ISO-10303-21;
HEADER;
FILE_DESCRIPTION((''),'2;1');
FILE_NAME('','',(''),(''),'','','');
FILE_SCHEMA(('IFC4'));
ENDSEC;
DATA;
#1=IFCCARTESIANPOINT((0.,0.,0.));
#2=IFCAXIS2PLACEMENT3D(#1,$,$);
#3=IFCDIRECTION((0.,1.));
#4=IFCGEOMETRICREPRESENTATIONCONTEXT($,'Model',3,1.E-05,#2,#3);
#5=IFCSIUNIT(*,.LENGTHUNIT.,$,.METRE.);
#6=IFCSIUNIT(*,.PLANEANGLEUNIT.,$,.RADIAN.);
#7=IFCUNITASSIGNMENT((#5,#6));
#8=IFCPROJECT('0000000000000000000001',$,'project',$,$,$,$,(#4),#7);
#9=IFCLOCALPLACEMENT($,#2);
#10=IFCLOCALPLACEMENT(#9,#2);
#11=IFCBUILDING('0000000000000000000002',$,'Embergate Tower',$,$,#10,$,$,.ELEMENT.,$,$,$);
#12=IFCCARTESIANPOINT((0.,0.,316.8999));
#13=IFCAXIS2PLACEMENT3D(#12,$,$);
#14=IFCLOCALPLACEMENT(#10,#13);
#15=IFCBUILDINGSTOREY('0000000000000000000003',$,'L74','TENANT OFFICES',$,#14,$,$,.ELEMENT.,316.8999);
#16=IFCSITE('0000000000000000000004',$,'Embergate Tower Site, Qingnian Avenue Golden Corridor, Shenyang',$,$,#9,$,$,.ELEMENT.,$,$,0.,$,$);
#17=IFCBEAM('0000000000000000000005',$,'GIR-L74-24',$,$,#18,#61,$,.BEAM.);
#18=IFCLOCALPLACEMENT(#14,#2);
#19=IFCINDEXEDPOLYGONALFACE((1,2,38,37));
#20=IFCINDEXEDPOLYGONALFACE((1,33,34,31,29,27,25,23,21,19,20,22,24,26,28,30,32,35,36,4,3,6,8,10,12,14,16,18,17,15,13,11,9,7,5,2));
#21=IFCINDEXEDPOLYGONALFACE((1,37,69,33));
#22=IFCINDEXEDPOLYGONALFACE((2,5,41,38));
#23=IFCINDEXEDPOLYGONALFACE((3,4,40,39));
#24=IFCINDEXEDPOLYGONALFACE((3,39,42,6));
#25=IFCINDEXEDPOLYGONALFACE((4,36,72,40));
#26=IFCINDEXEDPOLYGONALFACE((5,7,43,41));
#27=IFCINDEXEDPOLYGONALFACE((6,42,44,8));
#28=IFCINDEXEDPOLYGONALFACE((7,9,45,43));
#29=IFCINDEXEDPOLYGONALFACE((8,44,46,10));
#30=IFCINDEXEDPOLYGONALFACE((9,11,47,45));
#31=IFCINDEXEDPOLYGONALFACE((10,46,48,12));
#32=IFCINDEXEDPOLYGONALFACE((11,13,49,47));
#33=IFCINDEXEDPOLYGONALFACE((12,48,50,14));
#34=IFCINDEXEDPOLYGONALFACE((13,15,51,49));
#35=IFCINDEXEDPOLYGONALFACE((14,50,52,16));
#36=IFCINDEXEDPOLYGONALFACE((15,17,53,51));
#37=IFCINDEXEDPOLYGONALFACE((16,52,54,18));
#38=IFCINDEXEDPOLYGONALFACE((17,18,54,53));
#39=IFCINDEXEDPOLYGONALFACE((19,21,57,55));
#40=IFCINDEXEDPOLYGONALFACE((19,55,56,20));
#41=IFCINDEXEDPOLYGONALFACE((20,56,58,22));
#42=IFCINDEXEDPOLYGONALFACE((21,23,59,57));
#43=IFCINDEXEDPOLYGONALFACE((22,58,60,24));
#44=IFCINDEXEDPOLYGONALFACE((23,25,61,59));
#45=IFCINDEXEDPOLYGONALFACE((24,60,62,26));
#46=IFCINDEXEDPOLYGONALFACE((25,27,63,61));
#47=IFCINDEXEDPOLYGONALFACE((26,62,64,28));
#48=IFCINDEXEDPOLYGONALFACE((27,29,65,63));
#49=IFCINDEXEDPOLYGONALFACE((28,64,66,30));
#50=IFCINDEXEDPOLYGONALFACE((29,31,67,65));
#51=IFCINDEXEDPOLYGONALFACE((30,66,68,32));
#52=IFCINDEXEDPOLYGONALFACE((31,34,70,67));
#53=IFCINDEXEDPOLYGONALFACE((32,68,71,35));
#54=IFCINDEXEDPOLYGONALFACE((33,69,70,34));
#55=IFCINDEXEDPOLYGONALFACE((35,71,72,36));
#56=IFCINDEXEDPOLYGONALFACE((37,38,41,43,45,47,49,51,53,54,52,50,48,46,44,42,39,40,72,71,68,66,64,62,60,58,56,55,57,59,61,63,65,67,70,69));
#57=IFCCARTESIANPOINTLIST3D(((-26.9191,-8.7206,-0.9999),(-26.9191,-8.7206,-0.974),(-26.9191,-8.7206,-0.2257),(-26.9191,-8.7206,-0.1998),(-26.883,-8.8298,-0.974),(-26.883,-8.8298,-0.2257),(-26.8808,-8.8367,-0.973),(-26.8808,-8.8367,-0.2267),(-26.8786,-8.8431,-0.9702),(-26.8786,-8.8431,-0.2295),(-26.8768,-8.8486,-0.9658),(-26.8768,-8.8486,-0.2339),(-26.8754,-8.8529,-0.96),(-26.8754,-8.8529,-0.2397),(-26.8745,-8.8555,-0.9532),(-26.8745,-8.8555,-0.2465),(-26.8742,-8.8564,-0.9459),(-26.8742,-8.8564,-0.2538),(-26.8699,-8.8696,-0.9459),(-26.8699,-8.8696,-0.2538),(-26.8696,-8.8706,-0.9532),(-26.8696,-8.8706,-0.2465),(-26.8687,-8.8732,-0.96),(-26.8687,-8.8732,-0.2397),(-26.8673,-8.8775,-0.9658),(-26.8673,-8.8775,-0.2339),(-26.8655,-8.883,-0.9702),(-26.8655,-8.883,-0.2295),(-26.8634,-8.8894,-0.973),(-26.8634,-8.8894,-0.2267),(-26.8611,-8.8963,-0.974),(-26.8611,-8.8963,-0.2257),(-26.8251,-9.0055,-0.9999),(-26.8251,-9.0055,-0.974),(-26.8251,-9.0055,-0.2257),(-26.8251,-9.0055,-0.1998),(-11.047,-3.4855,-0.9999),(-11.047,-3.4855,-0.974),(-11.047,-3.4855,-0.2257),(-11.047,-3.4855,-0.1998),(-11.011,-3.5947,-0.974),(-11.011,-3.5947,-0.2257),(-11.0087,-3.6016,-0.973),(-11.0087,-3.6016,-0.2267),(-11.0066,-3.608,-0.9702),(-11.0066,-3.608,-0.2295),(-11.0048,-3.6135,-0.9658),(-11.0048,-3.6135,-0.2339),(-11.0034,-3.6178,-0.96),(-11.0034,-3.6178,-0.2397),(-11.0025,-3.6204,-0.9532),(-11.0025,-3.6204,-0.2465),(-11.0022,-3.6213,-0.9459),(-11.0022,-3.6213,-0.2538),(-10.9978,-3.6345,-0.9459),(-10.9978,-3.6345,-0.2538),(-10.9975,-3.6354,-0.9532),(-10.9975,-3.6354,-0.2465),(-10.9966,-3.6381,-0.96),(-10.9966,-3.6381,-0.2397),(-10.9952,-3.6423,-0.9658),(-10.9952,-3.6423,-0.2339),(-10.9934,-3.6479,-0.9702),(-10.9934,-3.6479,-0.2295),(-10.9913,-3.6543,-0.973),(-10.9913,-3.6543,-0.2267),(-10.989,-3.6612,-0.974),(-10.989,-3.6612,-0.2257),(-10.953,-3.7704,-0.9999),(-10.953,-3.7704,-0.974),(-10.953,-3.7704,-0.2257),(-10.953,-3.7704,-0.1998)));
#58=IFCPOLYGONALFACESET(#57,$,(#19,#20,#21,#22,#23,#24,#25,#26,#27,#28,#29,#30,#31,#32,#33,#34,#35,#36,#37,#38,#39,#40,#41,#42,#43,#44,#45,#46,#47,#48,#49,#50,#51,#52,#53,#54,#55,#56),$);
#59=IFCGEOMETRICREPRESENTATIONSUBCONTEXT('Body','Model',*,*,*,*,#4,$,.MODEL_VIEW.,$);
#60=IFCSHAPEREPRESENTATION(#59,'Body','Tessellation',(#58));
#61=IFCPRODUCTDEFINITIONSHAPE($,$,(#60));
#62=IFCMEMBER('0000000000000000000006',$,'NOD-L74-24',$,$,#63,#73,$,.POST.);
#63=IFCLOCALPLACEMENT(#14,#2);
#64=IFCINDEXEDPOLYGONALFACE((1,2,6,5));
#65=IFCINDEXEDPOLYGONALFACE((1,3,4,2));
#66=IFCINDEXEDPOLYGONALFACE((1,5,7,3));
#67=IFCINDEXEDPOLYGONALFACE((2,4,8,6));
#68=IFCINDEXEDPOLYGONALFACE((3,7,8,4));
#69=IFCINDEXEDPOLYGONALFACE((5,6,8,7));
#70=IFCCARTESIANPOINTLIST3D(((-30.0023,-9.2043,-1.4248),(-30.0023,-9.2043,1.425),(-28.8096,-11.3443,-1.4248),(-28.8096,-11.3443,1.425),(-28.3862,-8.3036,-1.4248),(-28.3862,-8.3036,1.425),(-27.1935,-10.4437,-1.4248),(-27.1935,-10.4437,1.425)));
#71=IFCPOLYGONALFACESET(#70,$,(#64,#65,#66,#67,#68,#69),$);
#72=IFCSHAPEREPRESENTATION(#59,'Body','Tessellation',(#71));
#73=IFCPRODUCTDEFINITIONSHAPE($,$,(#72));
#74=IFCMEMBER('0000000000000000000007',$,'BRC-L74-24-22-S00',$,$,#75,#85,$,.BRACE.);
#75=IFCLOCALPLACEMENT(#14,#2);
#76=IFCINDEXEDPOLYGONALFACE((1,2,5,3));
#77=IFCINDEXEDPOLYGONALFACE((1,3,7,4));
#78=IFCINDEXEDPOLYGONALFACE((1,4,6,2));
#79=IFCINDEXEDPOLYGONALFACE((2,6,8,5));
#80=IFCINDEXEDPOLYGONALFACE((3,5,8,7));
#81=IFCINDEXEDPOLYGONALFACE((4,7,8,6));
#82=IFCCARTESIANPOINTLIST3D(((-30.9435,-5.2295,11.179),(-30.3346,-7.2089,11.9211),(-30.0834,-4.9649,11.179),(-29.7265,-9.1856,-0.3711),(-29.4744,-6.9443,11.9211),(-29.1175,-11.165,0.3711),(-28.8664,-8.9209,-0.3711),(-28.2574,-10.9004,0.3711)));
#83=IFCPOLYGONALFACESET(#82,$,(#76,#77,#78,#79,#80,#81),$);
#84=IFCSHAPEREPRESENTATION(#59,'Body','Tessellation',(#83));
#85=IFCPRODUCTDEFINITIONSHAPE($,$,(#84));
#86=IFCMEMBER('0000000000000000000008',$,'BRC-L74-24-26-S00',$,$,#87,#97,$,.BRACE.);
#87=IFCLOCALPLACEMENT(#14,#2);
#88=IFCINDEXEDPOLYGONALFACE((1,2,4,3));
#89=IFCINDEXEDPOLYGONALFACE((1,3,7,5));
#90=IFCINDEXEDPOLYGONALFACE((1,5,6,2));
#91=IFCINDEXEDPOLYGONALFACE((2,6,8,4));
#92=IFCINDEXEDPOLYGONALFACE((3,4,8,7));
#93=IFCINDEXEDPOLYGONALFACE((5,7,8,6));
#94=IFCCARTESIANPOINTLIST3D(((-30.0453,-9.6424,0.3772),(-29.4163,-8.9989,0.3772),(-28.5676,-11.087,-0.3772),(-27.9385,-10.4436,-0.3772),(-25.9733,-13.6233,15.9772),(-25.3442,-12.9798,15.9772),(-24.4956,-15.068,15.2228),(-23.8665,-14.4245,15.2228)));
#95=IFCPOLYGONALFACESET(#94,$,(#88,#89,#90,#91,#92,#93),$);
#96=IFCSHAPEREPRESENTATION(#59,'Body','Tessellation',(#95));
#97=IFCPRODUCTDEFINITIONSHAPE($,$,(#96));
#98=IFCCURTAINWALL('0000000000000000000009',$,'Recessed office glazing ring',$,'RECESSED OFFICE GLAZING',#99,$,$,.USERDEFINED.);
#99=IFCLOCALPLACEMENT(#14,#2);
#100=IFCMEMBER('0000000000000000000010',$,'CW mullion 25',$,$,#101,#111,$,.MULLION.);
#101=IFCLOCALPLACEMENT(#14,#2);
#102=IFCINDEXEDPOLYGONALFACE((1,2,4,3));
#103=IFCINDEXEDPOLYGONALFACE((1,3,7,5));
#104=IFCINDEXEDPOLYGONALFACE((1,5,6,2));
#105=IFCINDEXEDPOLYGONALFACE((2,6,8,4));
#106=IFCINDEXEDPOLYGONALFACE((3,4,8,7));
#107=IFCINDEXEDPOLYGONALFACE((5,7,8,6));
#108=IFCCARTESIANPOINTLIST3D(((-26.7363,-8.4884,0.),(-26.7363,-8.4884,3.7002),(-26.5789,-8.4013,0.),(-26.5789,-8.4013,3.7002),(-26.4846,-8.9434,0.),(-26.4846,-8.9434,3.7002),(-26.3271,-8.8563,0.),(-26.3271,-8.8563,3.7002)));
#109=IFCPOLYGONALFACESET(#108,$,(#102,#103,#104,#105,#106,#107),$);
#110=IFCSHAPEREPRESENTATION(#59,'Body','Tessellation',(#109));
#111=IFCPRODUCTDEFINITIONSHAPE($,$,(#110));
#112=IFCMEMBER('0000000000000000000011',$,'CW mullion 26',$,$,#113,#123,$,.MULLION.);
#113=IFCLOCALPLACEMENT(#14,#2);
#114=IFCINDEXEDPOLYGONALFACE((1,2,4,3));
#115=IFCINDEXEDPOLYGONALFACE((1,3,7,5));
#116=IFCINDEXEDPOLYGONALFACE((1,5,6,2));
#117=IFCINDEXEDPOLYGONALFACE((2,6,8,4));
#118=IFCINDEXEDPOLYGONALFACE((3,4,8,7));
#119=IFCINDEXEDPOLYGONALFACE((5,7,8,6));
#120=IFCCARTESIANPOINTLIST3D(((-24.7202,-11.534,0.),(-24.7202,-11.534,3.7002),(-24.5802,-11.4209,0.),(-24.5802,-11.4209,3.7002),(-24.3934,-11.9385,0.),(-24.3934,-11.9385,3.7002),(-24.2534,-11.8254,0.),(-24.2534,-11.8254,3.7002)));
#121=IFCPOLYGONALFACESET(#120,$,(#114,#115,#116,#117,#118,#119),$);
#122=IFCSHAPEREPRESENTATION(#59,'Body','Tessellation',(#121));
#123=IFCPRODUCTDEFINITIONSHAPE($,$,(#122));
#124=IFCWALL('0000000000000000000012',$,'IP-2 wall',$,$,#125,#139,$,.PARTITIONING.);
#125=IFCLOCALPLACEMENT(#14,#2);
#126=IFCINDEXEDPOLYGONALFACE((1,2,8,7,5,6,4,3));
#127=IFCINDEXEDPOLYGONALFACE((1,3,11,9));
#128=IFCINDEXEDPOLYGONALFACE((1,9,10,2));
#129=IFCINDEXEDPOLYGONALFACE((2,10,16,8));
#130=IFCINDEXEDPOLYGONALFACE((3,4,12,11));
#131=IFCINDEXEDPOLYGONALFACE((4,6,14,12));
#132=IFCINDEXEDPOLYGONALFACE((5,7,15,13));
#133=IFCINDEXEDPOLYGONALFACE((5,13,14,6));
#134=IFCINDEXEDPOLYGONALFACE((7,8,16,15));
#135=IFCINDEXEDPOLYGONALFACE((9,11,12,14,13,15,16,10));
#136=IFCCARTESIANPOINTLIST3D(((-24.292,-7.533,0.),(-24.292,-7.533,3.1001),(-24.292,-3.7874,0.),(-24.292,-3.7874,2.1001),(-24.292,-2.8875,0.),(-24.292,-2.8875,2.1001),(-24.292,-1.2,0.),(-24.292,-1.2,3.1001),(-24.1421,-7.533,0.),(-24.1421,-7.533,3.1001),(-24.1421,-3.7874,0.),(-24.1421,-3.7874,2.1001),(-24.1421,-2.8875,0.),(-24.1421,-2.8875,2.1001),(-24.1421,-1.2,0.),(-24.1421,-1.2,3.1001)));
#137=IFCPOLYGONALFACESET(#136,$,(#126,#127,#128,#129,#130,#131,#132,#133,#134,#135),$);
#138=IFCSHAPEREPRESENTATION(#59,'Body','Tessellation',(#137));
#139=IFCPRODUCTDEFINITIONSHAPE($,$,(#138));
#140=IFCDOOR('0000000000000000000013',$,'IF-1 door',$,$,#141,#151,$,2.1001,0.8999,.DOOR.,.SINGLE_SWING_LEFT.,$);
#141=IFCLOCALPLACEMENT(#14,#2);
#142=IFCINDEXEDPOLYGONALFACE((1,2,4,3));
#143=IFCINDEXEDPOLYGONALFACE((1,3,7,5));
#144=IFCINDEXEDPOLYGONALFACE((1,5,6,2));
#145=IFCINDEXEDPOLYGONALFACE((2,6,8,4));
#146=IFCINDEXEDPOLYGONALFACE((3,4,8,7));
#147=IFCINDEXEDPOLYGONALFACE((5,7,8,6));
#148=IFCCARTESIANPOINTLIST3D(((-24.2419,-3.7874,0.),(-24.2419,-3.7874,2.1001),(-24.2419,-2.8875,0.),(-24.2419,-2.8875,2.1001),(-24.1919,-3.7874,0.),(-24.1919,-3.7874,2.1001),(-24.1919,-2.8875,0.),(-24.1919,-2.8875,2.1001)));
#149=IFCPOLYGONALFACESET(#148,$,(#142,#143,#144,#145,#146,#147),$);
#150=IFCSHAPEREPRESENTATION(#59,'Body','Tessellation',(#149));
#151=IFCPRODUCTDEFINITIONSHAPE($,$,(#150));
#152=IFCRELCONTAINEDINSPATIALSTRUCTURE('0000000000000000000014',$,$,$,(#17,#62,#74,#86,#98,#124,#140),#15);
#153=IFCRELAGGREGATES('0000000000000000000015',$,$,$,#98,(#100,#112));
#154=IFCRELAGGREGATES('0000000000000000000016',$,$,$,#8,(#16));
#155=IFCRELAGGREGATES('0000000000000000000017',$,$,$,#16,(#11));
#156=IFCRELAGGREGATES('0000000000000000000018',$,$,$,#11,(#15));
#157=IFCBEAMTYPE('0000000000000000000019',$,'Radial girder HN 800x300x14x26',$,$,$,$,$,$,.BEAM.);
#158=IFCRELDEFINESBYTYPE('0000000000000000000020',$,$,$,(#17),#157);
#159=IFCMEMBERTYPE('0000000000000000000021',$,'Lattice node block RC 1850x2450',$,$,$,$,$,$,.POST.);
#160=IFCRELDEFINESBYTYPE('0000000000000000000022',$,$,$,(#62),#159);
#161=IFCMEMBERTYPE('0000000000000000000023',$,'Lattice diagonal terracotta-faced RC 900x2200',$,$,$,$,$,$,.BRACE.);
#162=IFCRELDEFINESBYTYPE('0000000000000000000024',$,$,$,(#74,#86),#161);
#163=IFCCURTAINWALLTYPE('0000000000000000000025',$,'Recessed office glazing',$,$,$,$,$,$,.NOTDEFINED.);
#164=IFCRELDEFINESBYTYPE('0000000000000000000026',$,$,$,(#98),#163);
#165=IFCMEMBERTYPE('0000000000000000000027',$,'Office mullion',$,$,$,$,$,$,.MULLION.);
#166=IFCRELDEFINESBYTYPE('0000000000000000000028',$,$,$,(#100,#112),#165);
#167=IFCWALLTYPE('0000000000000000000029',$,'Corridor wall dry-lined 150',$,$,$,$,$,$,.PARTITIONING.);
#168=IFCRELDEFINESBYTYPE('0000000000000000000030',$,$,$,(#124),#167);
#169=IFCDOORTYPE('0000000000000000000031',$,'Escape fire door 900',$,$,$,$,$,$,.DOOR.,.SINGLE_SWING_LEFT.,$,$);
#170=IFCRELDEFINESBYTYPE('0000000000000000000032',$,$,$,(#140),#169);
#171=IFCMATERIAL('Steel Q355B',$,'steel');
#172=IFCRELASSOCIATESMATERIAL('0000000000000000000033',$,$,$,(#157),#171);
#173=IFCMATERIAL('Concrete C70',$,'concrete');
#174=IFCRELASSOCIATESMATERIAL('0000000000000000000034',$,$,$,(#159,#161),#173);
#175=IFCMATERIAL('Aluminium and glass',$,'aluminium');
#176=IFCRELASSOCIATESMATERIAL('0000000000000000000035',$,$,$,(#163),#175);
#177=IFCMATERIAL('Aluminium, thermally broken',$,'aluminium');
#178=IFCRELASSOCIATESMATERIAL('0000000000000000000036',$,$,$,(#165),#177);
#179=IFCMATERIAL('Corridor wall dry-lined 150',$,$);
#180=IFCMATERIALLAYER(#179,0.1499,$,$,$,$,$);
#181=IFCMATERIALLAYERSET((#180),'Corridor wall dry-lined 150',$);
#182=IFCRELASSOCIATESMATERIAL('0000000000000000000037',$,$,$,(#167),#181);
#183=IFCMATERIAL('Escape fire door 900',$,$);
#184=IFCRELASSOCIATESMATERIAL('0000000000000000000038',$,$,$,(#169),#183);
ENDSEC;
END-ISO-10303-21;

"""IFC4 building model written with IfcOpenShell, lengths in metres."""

from ifc_helpers import new_model, si_unit, direction, frame, frame_2d, origin, origin_2d, place, context, subcontext, project, spatial, rectangle, i_section, extrude, source, transform, mapped, material, layer, layer_set, material_profile, profile_set, type_object, element, fill, aggregate, save


model = new_model("IFC4")

# Units and contexts
model_context = context("Model", 3, precision=1e-05, world=origin(), true_north=direction((0.0, 1.0)))
body_context = subcontext(model_context, "Body", "Model", "MODEL_VIEW")
ifc_project = project(units=[si_unit("LENGTHUNIT", "METRE"), si_unit("PLANEANGLEUNIT", "RADIAN")], contexts=[model_context])

# Site, building, storey
site_placement = place(None, origin())
site = spatial("IfcSite", under=ifc_project, at=site_placement, Name="Embergate Tower Site, Qingnian Avenue Golden Corridor, Shenyang", CompositionType="ELEMENT", RefElevation=0.0)
building_placement = place(site_placement, origin())
building = spatial("IfcBuilding", under=site, at=building_placement, Name="Embergate Tower", CompositionType="ELEMENT")
storey_placement = place(building_placement, frame((0.0, 0.0, 316.8999)))
storey = spatial("IfcBuildingStorey", under=building, at=storey_placement, Name="L74", Description="TENANT OFFICES", CompositionType="ELEMENT", Elevation=316.8999)

# Beam
ifc_material_1 = material(Name="Steel Q355B", Category="steel")
ifc_material_profile_1 = material_profile(ifc_material_1, i_section(OverallWidth=0.3, OverallDepth=0.8, WebThickness=0.0139, FlangeThickness=0.0259, FilletRadius=0.0281, at=origin_2d()), Name="HN 800x300x14x26")
ifc_profile_set_1 = profile_set([ifc_material_profile_1], Name="Steel Q355 grade B")
beam_type_1 = type_object("IfcBeamType", Name="Radial girder HN 800x300x14x26", PredefinedType="BEAM", material=ifc_profile_set_1)
shared_shape_1 = source(origin(), body_context, "Body", "SweptSolid", [
    extrude(i_section(OverallWidth=0.3, OverallDepth=0.8, WebThickness=0.0139, FlangeThickness=0.0259, FilletRadius=0.0281, at=origin_2d()), origin(), (0.0, 0.0, 1.0), 16.7131),
])
beam_1_placement = place(storey_placement, frame((-26.8721, -8.863, -0.5999), z_axis=(0.949676, 0.313233, 0.0), x_axis=(-0.313233, 0.949676, 0.0)))
element("IfcBeam", 1, at=beam_1_placement, inside=storey, type_object=beam_type_1, Name="GIR-L74-24", PredefinedType="BEAM", context=body_context, shape_type="MappedRepresentation", body=[
    mapped(shared_shape_1, transform((0.0, 0.0, 0.0))),
])

# Members
ifc_material_2 = material(Name="Concrete C70", Category="concrete")
ifc_material_profile_2 = material_profile(ifc_material_2, rectangle(XDim=1.8501, YDim=2.45, at=origin_2d()), Name="RC 1850x2450")
ifc_profile_set_2 = profile_set([ifc_material_profile_2], Name="Concrete C70")
member_type_1 = type_object("IfcMemberType", Name="Lattice node block RC 1850x2450", PredefinedType="POST", material=ifc_profile_set_2)
shared_shape_2 = source(origin(), body_context, "Body", "SweptSolid", [
    extrude(rectangle(XDim=1.8501, YDim=2.45, at=origin_2d()), origin(), (0.0, 0.0, 1.0), 2.8499),
])
member_1_placement = place(storey_placement, frame((-28.5979, -9.824, -1.4248), z_axis=(0.0, 0.0, 1.0), x_axis=(-0.8735, -0.486823, 0.0)))
element("IfcMember", 2, at=member_1_placement, inside=storey, type_object=member_type_1, Name="NOD-L74-24", PredefinedType="POST", context=body_context, shape_type="MappedRepresentation", body=[
    mapped(shared_shape_2, transform((0.0, 0.0, 0.0))),
])
ifc_material_profile_3 = material_profile(ifc_material_2, rectangle(XDim=0.8999, YDim=2.2, at=origin_2d()), Name="RC 900x2200")
ifc_profile_set_3 = profile_set([ifc_material_profile_3], Name="Concrete C70")
member_type_2 = type_object("IfcMemberType", Name="Lattice diagonal terracotta-faced RC 900x2200", PredefinedType="BRACE", material=ifc_profile_set_3)
shared_shape_3 = source(origin(), body_context, "Body", "SweptSolid", [
    extrude(rectangle(XDim=0.8999, YDim=2.2, at=origin_2d()), origin(), (0.0, 0.0, 1.0), 12.2693),
])
member_2_placement = place(storey_placement, frame((-28.9919, -10.043, 0.0), z_axis=(-0.099194, 0.322436, 0.94138), x_axis=(-0.955793, -0.29404, 0.0)))
element("IfcMember", 3, at=member_2_placement, inside=storey, type_object=member_type_2, Name="BRC-L74-24-22-S00", PredefinedType="BRACE", context=body_context, shape_type="MappedRepresentation", body=[
    mapped(shared_shape_3, transform((0.0, 0.0, 0.0))),
])
shared_shape_4 = source(origin(), body_context, "Body", "SweptSolid", [
    extrude(rectangle(XDim=0.8999, YDim=2.2, at=origin_2d()), origin(), (0.0, 0.0, 1.0), 16.6069),
])
member_3_placement = place(storey_placement, frame((-28.9919, -10.043, 0.0), z_axis=(0.245199, -0.239716, 0.939369), x_axis=(0.699066, 0.715057, 0.0)))
element("IfcMember", 4, at=member_3_placement, inside=storey, type_object=member_type_2, Name="BRC-L74-24-26-S00", PredefinedType="BRACE", context=body_context, shape_type="MappedRepresentation", body=[
    mapped(shared_shape_4, transform((0.0, 0.0, 0.0))),
])

# Curtain wall, members
ifc_material_3 = material(Name="Aluminium and glass", Category="aluminium")
curtain_wall_type = type_object("IfcCurtainWallType", Name="Recessed office glazing", PredefinedType="NOTDEFINED", material=ifc_material_3)
curtain_wall_placement = place(storey_placement, origin())
curtain_wall = element("IfcCurtainWall", 5, at=curtain_wall_placement, inside=storey, type_object=curtain_wall_type, Name="Recessed office glazing ring", ObjectType="RECESSED OFFICE GLAZING", PredefinedType="USERDEFINED")
ifc_material_4 = material(Name="Aluminium, thermally broken", Category="aluminium")
ifc_material_profile_4 = material_profile(ifc_material_4, rectangle(XDim=0.1799, YDim=0.52, at=origin_2d()), Name="AL 520x180")
ifc_profile_set_4 = profile_set([ifc_material_profile_4], Name="Aluminium, thermally broken")
member_type_3 = type_object("IfcMemberType", Name="Office mullion", PredefinedType="MULLION", material=ifc_profile_set_4)
shared_shape_5 = source(origin(), body_context, "Body", "SweptSolid", [
    extrude(rectangle(XDim=0.1799, YDim=0.52, at=origin_2d()), origin(), (0.0, 0.0, 1.0), 3.7002),
])
member_4_placement = place(storey_placement, frame((-26.5317, -8.6724, 0.0), z_axis=(0.0, 0.0, 1.0), x_axis=(0.874992, 0.484138, 0.0)))
member_4 = element("IfcMember", 6, at=member_4_placement, type_object=member_type_3, Name="CW mullion 25", PredefinedType="MULLION", context=body_context, shape_type="MappedRepresentation", body=[
    mapped(shared_shape_5, transform((0.0, 0.0, 0.0))),
])
member_5_placement = place(storey_placement, frame((-24.4868, -11.6797, 0.0), z_axis=(0.0, 0.0, 1.0), x_axis=(0.777862, 0.628436, 0.0)))
member_5 = element("IfcMember", 7, at=member_5_placement, type_object=member_type_3, Name="CW mullion 26", PredefinedType="MULLION", context=body_context, shape_type="MappedRepresentation", body=[
    mapped(shared_shape_5, transform((0.0, 0.0, 0.0))),
])
aggregate(curtain_wall, [member_4, member_5])

# Wall, opening, door
ifc_material_5 = material(Name="Corridor wall dry-lined 150")
ifc_layer_1 = layer(ifc_material_5, 0.1499)
ifc_layer_set_1 = layer_set([ifc_layer_1], Name="Corridor wall dry-lined 150")
wall_type_1 = type_object("IfcWallType", Name="Corridor wall dry-lined 150", PredefinedType="PARTITIONING", material=ifc_layer_set_1)
shared_shape_6 = source(origin(), body_context, "Body", "SweptSolid", [
    extrude(rectangle(XDim=6.333, YDim=0.1499, at=frame_2d((3.1665, 0.0))), origin(), (0.0, 0.0, 1.0), 3.1001),
])
wall_1_placement = place(storey_placement, frame((-24.217, -7.533, 0.0), z_axis=(0.0, 0.0, 1.0), x_axis=(0.0, 1.0, 0.0)))
wall_1 = element("IfcWall", 8, at=wall_1_placement, inside=storey, type_object=wall_type_1, Name="IP-2 wall", PredefinedType="PARTITIONING", context=body_context, shape_type="MappedRepresentation", body=[
    mapped(shared_shape_6, transform((0.0, 0.0, 0.0))),
])
shared_shape_7 = source(origin(), body_context, "Body", "SweptSolid", [
    extrude(rectangle(XDim=0.8999, YDim=2.1001, at=frame_2d((0.45, 1.05))), frame((0.0, 0.085, 0.0), z_axis=(0.0, -1.0, 0.0), x_axis=(1.0, 0.0, 0.0)), (0.0, 0.0, 1.0), 0.1699),
])
opening_1_placement = place(wall_1_placement, frame((3.7456, 0.0, 0.0)))
opening_1 = element("IfcOpeningElement", 9, at=opening_1_placement, cuts=wall_1, PredefinedType="OPENING", context=body_context, shape_type="MappedRepresentation", body=[
    mapped(shared_shape_7, transform((0.0, 0.0, 0.0))),
])
ifc_material_6 = material(Name="Escape fire door 900")
door_type_1 = type_object("IfcDoorType", Name="Escape fire door 900", OperationType="SINGLE_SWING_LEFT", PredefinedType="DOOR", material=ifc_material_6)
shared_shape_8 = source(origin(), body_context, "Body", "SweptSolid", [
    extrude(rectangle(XDim=0.8999, YDim=2.1001, at=frame_2d((0.45, 1.05))), frame((0.0, 0.0249, 0.0), z_axis=(0.0, -1.0, 0.0), x_axis=(1.0, 0.0, 0.0)), (0.0, 0.0, 1.0), 0.05),
])
door_1_placement = place(opening_1_placement, origin())
door_1 = element("IfcDoor", 10, at=door_1_placement, inside=storey, type_object=door_type_1, Name="IF-1 door", OperationType="SINGLE_SWING_LEFT", OverallHeight=2.1001, OverallWidth=0.8999, PredefinedType="DOOR", context=body_context, shape_type="MappedRepresentation", body=[
    mapped(shared_shape_8, transform((0.0, 0.0, 0.0))),
])
fill(opening_1, door_1)

save(model, "model.ifc")
